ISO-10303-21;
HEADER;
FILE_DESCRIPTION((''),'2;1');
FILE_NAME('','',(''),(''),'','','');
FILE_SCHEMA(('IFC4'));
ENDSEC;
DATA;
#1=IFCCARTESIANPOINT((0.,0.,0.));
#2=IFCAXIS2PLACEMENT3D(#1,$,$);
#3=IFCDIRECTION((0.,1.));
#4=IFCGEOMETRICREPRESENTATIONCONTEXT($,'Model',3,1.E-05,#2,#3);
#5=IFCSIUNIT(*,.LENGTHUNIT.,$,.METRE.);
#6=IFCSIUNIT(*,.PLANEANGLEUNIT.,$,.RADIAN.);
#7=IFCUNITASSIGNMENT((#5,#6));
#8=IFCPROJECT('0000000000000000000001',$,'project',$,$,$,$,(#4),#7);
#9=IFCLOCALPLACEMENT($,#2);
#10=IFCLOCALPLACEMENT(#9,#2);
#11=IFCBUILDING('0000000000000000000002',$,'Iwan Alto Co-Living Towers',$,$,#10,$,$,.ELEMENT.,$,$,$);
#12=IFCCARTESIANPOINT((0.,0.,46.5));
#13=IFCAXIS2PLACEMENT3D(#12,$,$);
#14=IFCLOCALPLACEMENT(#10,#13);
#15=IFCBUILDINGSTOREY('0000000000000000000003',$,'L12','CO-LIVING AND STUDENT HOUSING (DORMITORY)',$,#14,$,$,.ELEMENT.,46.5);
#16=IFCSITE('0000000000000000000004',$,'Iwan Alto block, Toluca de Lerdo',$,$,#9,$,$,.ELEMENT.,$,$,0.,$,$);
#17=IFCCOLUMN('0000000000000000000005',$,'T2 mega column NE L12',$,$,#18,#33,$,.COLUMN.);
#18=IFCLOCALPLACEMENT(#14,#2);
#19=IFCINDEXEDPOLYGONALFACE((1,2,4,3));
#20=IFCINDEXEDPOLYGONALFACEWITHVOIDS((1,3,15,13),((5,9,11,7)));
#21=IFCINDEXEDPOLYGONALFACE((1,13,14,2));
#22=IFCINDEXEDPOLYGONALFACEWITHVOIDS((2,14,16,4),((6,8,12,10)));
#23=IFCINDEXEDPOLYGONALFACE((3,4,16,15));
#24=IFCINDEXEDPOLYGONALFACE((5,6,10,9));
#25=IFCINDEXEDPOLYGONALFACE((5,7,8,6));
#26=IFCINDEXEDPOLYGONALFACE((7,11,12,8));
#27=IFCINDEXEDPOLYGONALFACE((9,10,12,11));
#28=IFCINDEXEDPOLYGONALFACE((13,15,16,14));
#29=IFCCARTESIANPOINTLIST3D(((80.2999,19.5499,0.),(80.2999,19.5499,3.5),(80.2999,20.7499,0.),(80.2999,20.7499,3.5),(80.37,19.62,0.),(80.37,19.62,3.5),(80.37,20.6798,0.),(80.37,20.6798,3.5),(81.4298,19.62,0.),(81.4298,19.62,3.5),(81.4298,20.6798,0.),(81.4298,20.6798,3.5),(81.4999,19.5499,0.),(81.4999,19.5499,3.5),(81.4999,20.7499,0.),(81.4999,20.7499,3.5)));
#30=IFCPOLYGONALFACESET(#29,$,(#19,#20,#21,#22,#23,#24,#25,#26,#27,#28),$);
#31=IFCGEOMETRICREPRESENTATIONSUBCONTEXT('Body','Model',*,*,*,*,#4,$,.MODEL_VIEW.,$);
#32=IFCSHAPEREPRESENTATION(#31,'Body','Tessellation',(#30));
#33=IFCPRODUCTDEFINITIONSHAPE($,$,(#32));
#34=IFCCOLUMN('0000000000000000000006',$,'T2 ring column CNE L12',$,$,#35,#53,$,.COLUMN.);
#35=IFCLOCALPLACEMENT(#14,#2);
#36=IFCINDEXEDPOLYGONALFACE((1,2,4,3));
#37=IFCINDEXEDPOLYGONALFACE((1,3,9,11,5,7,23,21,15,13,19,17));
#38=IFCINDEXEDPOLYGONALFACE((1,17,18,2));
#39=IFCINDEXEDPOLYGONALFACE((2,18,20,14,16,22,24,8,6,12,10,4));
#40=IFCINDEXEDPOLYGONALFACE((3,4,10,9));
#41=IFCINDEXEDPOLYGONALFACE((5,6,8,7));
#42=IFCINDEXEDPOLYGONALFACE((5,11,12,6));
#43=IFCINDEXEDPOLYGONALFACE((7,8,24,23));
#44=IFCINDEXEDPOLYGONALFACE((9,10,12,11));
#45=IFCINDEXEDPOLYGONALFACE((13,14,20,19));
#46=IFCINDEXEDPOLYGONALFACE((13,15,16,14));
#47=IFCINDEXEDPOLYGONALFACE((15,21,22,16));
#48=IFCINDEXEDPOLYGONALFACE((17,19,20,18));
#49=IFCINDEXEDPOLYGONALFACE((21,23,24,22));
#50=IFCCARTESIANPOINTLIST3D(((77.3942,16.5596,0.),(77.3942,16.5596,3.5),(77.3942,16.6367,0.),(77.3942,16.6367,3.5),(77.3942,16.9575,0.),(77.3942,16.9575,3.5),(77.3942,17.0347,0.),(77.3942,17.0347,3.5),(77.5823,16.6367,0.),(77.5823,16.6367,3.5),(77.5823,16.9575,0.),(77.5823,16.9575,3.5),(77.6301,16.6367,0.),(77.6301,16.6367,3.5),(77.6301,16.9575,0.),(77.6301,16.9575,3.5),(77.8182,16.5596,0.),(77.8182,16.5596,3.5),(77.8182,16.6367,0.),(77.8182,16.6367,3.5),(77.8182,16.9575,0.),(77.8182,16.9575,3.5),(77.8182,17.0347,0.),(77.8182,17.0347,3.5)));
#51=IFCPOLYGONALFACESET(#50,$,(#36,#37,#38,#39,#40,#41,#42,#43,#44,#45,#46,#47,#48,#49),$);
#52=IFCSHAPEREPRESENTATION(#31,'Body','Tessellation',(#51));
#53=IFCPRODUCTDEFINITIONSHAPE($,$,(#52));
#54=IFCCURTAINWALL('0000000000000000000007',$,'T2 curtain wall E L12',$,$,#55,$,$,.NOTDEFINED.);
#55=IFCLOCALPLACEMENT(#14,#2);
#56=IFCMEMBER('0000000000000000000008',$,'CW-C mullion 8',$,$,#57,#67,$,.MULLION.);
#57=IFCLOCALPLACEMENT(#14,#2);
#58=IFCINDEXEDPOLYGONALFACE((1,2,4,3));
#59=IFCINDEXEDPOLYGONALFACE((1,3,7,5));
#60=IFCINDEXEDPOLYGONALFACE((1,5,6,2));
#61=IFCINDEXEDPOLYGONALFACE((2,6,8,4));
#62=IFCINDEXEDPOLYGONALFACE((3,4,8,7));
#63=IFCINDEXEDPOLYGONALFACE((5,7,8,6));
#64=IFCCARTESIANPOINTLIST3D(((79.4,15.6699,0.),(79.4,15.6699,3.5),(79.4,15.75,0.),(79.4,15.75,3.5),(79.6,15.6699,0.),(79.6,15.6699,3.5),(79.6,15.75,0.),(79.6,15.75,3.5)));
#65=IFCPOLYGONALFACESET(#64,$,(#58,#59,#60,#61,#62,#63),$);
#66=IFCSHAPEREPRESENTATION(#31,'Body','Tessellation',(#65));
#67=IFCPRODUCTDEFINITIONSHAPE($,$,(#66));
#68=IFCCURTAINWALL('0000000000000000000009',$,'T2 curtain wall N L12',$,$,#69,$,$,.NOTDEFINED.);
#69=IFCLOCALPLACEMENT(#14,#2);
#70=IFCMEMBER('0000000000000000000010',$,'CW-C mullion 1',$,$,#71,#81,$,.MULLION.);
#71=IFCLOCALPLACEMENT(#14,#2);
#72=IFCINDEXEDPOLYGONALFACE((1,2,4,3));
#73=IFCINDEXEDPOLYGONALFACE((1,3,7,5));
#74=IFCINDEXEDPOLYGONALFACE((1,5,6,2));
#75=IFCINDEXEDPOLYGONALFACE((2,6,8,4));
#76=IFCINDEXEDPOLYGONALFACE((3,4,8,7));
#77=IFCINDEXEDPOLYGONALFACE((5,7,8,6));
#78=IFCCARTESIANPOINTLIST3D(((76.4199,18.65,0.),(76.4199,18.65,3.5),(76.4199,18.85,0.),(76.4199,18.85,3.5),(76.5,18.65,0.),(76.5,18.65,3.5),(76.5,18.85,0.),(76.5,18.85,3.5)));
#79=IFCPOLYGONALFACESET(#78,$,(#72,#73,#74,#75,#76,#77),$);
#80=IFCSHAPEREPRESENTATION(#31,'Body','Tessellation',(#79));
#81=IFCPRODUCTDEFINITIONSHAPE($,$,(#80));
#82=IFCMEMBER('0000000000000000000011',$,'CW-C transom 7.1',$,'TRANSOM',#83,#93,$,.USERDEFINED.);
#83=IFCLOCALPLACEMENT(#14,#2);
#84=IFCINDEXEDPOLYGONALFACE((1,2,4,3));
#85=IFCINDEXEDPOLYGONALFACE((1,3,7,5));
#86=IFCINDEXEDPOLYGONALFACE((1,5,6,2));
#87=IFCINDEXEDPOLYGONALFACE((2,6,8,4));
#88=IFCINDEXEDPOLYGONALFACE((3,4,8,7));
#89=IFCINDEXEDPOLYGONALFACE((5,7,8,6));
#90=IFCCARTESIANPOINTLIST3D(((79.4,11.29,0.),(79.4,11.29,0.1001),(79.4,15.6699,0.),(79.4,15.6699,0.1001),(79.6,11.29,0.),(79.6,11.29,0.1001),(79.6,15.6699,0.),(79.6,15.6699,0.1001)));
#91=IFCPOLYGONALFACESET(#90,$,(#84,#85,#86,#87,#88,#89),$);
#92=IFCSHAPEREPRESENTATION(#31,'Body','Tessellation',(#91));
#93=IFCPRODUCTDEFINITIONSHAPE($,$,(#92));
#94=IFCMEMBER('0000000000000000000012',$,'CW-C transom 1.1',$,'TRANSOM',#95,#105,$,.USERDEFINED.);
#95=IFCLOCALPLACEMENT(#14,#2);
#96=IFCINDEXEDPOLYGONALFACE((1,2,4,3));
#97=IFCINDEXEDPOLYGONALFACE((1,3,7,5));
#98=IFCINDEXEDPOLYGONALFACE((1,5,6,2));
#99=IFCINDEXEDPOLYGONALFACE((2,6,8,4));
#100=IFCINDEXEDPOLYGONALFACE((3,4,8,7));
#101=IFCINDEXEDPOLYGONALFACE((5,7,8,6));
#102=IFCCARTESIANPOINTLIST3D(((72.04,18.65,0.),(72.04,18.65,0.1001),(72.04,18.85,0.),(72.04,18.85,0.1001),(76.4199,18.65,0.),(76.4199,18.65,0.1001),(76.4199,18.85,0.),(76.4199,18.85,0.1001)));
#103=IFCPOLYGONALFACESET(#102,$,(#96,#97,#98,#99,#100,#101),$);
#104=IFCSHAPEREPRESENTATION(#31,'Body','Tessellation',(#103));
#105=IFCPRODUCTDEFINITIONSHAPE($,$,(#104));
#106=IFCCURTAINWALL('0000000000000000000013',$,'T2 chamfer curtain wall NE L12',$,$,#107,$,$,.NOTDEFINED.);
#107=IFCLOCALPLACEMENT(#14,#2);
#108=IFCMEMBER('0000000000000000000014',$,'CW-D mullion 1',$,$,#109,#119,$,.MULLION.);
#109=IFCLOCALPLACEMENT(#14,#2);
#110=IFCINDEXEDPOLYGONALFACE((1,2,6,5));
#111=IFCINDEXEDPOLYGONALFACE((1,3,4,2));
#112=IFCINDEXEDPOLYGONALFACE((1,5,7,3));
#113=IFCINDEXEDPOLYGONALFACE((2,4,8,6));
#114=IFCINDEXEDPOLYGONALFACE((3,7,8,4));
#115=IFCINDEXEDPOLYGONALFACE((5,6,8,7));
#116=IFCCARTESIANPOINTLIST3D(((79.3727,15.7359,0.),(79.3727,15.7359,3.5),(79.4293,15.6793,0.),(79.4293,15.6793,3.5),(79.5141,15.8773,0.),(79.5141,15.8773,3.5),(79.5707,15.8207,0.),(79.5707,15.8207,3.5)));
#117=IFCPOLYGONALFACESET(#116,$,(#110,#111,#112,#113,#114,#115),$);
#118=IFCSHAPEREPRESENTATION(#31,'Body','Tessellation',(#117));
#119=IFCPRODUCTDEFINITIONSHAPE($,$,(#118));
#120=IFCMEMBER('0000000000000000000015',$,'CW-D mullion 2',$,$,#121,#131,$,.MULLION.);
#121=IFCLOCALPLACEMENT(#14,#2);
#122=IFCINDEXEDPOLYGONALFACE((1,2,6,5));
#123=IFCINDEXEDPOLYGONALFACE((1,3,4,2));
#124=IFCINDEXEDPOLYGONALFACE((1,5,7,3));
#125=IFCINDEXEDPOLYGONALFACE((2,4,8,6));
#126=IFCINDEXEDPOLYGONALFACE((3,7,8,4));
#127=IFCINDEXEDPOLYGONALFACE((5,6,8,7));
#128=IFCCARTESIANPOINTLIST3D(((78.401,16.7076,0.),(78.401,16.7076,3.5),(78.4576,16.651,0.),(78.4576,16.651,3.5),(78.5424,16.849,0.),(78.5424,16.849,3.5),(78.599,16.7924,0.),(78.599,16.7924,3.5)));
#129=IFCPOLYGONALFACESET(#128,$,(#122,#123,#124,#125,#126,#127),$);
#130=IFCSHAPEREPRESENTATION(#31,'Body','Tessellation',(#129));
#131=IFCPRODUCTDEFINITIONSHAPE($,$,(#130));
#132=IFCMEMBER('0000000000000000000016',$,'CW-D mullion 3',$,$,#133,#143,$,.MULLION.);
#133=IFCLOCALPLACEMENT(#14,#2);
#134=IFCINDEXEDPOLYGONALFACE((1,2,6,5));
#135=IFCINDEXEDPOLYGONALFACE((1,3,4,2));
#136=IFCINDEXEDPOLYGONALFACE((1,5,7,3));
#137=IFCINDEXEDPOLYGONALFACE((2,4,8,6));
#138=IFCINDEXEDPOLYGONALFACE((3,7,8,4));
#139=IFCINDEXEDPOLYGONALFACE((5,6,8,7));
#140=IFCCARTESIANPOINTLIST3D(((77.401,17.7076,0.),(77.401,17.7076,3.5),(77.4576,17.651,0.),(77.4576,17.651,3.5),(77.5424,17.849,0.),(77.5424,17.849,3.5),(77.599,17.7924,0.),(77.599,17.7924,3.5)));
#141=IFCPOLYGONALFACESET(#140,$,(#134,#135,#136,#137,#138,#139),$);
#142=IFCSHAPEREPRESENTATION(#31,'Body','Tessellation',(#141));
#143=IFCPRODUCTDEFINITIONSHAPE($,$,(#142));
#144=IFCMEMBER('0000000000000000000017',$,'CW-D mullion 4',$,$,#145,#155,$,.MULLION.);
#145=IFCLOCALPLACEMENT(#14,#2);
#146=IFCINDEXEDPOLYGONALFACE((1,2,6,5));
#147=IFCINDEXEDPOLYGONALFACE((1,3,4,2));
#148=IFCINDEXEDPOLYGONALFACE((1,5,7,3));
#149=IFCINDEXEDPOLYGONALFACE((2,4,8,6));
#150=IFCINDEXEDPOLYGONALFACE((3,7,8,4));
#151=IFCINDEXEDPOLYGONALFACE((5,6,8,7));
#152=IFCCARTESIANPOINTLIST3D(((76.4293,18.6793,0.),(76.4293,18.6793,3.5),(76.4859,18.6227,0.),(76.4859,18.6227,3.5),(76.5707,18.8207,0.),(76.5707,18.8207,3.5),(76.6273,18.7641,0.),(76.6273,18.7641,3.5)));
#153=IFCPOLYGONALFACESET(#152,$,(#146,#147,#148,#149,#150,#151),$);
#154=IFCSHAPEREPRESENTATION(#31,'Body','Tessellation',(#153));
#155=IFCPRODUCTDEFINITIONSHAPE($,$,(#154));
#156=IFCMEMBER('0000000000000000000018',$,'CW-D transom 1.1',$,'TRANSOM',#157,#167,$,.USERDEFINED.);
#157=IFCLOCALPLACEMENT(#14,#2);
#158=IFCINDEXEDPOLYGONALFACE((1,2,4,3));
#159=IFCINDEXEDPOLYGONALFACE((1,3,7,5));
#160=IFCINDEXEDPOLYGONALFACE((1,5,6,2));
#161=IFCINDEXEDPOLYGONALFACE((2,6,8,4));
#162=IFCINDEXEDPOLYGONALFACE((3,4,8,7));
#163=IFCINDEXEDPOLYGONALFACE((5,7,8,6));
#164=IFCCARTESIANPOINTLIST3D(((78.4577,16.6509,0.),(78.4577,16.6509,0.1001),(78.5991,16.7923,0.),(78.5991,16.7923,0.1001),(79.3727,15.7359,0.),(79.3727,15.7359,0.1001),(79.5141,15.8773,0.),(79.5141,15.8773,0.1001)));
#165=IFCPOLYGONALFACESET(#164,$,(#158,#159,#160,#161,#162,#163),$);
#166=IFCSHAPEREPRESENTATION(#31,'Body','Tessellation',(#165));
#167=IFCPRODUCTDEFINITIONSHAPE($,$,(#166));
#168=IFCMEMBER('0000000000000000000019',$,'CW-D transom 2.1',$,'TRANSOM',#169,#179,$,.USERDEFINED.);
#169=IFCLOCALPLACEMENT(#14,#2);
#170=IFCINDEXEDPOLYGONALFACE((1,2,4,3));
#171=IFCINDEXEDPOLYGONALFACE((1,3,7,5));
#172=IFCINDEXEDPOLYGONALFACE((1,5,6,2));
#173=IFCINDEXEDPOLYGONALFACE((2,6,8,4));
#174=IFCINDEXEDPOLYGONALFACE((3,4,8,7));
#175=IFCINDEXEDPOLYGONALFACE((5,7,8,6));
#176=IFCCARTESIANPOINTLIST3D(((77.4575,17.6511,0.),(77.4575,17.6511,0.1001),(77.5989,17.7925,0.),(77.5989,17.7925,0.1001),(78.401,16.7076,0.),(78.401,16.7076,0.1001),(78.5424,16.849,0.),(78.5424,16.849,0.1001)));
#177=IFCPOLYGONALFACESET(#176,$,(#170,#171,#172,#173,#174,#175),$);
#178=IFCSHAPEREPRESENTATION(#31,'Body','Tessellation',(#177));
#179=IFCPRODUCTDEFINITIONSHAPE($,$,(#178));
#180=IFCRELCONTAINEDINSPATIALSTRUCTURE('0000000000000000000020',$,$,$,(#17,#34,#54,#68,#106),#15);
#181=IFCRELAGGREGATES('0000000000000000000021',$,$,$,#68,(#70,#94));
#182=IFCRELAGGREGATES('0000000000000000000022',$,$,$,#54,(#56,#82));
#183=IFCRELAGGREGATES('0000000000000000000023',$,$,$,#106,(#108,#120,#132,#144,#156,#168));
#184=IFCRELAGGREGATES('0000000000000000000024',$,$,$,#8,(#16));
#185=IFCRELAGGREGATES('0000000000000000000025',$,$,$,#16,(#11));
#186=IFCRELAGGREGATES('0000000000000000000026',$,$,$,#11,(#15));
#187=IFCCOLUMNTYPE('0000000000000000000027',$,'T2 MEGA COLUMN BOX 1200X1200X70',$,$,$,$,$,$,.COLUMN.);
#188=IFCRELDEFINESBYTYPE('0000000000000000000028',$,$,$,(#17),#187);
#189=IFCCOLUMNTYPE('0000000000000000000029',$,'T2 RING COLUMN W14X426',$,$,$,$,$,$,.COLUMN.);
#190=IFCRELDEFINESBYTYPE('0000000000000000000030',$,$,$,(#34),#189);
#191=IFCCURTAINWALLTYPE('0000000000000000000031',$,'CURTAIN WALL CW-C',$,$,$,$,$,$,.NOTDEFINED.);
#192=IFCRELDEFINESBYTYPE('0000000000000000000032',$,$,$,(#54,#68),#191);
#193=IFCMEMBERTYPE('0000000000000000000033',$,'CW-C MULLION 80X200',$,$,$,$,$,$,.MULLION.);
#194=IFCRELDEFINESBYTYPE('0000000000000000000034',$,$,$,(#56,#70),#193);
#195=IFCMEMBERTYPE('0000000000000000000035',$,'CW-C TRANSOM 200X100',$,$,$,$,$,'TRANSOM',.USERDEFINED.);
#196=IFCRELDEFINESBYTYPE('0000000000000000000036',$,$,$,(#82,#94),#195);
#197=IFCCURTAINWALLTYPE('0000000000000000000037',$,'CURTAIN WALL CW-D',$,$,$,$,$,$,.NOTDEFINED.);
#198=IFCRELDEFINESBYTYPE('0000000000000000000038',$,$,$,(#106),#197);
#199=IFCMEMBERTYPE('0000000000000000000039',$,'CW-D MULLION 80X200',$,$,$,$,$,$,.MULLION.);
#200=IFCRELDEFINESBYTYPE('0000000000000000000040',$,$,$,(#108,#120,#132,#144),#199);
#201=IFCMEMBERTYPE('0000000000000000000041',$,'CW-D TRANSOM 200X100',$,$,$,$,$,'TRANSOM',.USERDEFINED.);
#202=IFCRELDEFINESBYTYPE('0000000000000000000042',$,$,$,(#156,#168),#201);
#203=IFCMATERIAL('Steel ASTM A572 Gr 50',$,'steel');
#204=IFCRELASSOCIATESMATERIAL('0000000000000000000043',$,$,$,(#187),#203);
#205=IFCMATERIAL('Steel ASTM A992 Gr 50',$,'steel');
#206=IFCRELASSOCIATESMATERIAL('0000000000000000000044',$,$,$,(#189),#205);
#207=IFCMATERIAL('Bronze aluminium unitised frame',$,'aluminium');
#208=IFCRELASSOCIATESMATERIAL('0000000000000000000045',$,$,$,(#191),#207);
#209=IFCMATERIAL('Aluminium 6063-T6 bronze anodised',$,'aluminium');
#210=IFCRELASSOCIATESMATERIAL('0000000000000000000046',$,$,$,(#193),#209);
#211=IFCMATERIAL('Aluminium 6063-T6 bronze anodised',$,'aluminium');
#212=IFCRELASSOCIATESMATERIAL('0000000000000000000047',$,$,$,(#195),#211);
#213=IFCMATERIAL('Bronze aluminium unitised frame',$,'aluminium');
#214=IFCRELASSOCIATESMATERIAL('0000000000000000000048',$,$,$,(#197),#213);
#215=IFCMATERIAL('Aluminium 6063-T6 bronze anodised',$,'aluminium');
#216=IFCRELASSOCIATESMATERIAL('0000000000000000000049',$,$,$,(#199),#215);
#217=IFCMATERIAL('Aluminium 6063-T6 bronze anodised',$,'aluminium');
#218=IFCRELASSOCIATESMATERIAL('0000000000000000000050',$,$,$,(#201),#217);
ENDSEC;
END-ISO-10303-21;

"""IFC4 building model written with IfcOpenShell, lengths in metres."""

from ifc_helpers import new_model, si_unit, direction, frame, origin, origin_2d, place, context, subcontext, project, spatial, rectangle, hollow_rectangle, i_section, extrude, material, material_profile, profile_set, type_object, element, aggregate, save


model = new_model("IFC4")

# Units and contexts
model_context = context("Model", 3, precision=1e-05, world=origin(), true_north=direction((0.0, 1.0)))
body_context = subcontext(model_context, "Body", "Model", "MODEL_VIEW")
ifc_project = project(units=[si_unit("LENGTHUNIT", "METRE"), si_unit("PLANEANGLEUNIT", "RADIAN")], contexts=[model_context])

# Site, building, storey
site_placement = place(None, origin())
site = spatial("IfcSite", under=ifc_project, at=site_placement, Name="Iwan Alto block, Toluca de Lerdo", CompositionType="ELEMENT", RefElevation=0.0)
building_placement = place(site_placement, origin())
building = spatial("IfcBuilding", under=site, at=building_placement, Name="Iwan Alto Co-Living Towers", CompositionType="ELEMENT")
storey_placement = place(building_placement, frame((0.0, 0.0, 46.5)))
storey = spatial("IfcBuildingStorey", under=building, at=storey_placement, Name="L12", Description="CO-LIVING AND STUDENT HOUSING (DORMITORY)", CompositionType="ELEMENT", Elevation=46.5)

# Columns
ifc_material_1 = material(Name="Steel ASTM A572 Gr 50", Category="steel")
ifc_material_profile_1 = material_profile(ifc_material_1, hollow_rectangle(XDim=1.2, YDim=1.2, WallThickness=0.0701, at=origin_2d()), Name="BOX 1200X1200X70")
ifc_profile_set_1 = profile_set([ifc_material_profile_1], Name="Steel ASTM A572 Gr 50")
column_type_1 = type_object("IfcColumnType", Name="T2 MEGA COLUMN BOX 1200X1200X70", PredefinedType="COLUMN", material=ifc_profile_set_1)
column_1_placement = place(storey_placement, frame((80.8999, 20.1499, 0.0), z_axis=(0.0, 0.0, 1.0), x_axis=(1.0, 0.0, 0.0)))
element("IfcColumn", 1, at=column_1_placement, inside=storey, type_object=column_type_1, Name="T2 mega column NE L12", PredefinedType="COLUMN", context=body_context, shape_type="SweptSolid", body=[
    extrude(hollow_rectangle(XDim=1.2, YDim=1.2, WallThickness=0.0701, at=origin_2d()), origin(), (0.0, 0.0, 1.0), 3.5),
])
ifc_material_2 = material(Name="Steel ASTM A992 Gr 50", Category="steel")
ifc_material_profile_2 = material_profile(ifc_material_2, i_section(OverallWidth=0.4241, OverallDepth=0.4751, WebThickness=0.0479, FlangeThickness=0.0771, at=origin_2d()), Name="W14X426")
ifc_profile_set_2 = profile_set([ifc_material_profile_2], Name="Steel ASTM A992 Gr 50")
column_type_2 = type_object("IfcColumnType", Name="T2 RING COLUMN W14X426", PredefinedType="COLUMN", material=ifc_profile_set_2)
column_2_placement = place(storey_placement, frame((77.6062, 16.7971, 0.0), z_axis=(0.0, 0.0, 1.0), x_axis=(1.0, 0.0, 0.0)))
element("IfcColumn", 2, at=column_2_placement, inside=storey, type_object=column_type_2, Name="T2 ring column CNE L12", PredefinedType="COLUMN", context=body_context, shape_type="SweptSolid", body=[
    extrude(i_section(OverallWidth=0.4241, OverallDepth=0.4751, WebThickness=0.0479, FlangeThickness=0.0771, at=origin_2d()), origin(), (0.0, 0.0, 1.0), 3.5),
])

# Curtain walls, members
ifc_material_3 = material(Name="Bronze aluminium unitised frame", Category="aluminium")
curtain_wall_type_1 = type_object("IfcCurtainWallType", Name="CURTAIN WALL CW-C", PredefinedType="NOTDEFINED", material=ifc_material_3)
curtain_wall_1_placement = place(storey_placement, origin())
curtain_wall_1 = element("IfcCurtainWall", 3, at=curtain_wall_1_placement, inside=storey, type_object=curtain_wall_type_1, Name="T2 curtain wall E L12", PredefinedType="NOTDEFINED")
ifc_material_4 = material(Name="Aluminium 6063-T6 bronze anodised", Category="aluminium")
ifc_material_profile_3 = material_profile(ifc_material_4, rectangle(XDim=0.2, YDim=0.0801, at=origin_2d()), Name="AL 80X200")
ifc_profile_set_3 = profile_set([ifc_material_profile_3], Name="Aluminium 6063-T6 bronze anodised")
member_type_1 = type_object("IfcMemberType", Name="CW-C MULLION 80X200", PredefinedType="MULLION", material=ifc_profile_set_3)
member_1_placement = place(storey_placement, frame((79.5, 15.71, 0.0), z_axis=(0.0, 0.0, 1.0), x_axis=(-1.0, 0.0, 0.0)))
member_1 = element("IfcMember", 4, at=member_1_placement, type_object=member_type_1, Name="CW-C mullion 8", PredefinedType="MULLION", context=body_context, shape_type="SweptSolid", body=[
    extrude(rectangle(XDim=0.2, YDim=0.0801, at=origin_2d()), origin(), (0.0, 0.0, 1.0), 3.5),
])
curtain_wall_2_placement = place(storey_placement, origin())
curtain_wall_2 = element("IfcCurtainWall", 5, at=curtain_wall_2_placement, inside=storey, type_object=curtain_wall_type_1, Name="T2 curtain wall N L12", PredefinedType="NOTDEFINED")
member_2_placement = place(storey_placement, frame((76.46, 18.75, 0.0), z_axis=(0.0, 0.0, 1.0), x_axis=(0.0, -1.0, 0.0)))
member_2 = element("IfcMember", 6, at=member_2_placement, type_object=member_type_1, Name="CW-C mullion 1", PredefinedType="MULLION", context=body_context, shape_type="SweptSolid", body=[
    extrude(rectangle(XDim=0.2, YDim=0.0801, at=origin_2d()), origin(), (0.0, 0.0, 1.0), 3.5),
])

# Members
ifc_material_5 = material(Name="Aluminium 6063-T6 bronze anodised", Category="aluminium")
ifc_material_profile_4 = material_profile(ifc_material_5, rectangle(XDim=0.2, YDim=0.1001, at=origin_2d()), Name="AL 200X100")
ifc_profile_set_4 = profile_set([ifc_material_profile_4], Name="Aluminium 6063-T6 bronze anodised")
member_type_2 = type_object("IfcMemberType", Name="CW-C TRANSOM 200X100", ElementType="TRANSOM", PredefinedType="USERDEFINED", material=ifc_profile_set_4)
member_3_placement = place(storey_placement, frame((79.5, 11.29, 0.05), z_axis=(0.0, 1.0, 0.0), x_axis=(-1.0, 0.0, 0.0)))
member_3 = element("IfcMember", 7, at=member_3_placement, type_object=member_type_2, Name="CW-C transom 7.1", ObjectType="TRANSOM", PredefinedType="USERDEFINED", context=body_context, shape_type="SweptSolid", body=[
    extrude(rectangle(XDim=0.2, YDim=0.1001, at=origin_2d()), origin(), (0.0, 0.0, 1.0), 4.3799),
])
member_4_placement = place(storey_placement, frame((76.4199, 18.75, 0.05), z_axis=(-1.0, 0.0, 0.0), x_axis=(0.0, -1.0, 0.0)))
member_4 = element("IfcMember", 8, at=member_4_placement, type_object=member_type_2, Name="CW-C transom 1.1", ObjectType="TRANSOM", PredefinedType="USERDEFINED", context=body_context, shape_type="SweptSolid", body=[
    extrude(rectangle(XDim=0.2, YDim=0.1001, at=origin_2d()), origin(), (0.0, 0.0, 1.0), 4.3799),
])
aggregate(curtain_wall_2, [member_2, member_4])

# Curtain wall, members
ifc_material_6 = material(Name="Bronze aluminium unitised frame", Category="aluminium")
curtain_wall_type_2 = type_object("IfcCurtainWallType", Name="CURTAIN WALL CW-D", PredefinedType="NOTDEFINED", material=ifc_material_6)
curtain_wall_3_placement = place(storey_placement, origin())
curtain_wall_3 = element("IfcCurtainWall", 9, at=curtain_wall_3_placement, inside=storey, type_object=curtain_wall_type_2, Name="T2 chamfer curtain wall NE L12", PredefinedType="NOTDEFINED")
ifc_material_7 = material(Name="Aluminium 6063-T6 bronze anodised", Category="aluminium")
ifc_material_profile_5 = material_profile(ifc_material_7, rectangle(XDim=0.2, YDim=0.0801, at=origin_2d()), Name="AL 80X200")
ifc_profile_set_5 = profile_set([ifc_material_profile_5], Name="Aluminium 6063-T6 bronze anodised")
member_type_3 = type_object("IfcMemberType", Name="CW-D MULLION 80X200", PredefinedType="MULLION", material=ifc_profile_set_5)
member_5_placement = place(storey_placement, frame((79.4717, 15.7783, 0.0), z_axis=(0.0, 0.0, 1.0), x_axis=(-0.707107, -0.707107, 0.0)))
member_5 = element("IfcMember", 10, at=member_5_placement, type_object=member_type_3, Name="CW-D mullion 1", PredefinedType="MULLION", context=body_context, shape_type="SweptSolid", body=[
    extrude(rectangle(XDim=0.2, YDim=0.0801, at=origin_2d()), origin(), (0.0, 0.0, 1.0), 3.5),
])
member_6_placement = place(storey_placement, frame((78.5, 16.75, 0.0), z_axis=(0.0, 0.0, 1.0), x_axis=(-0.707107, -0.707107, 0.0)))
member_6 = element("IfcMember", 11, at=member_6_placement, type_object=member_type_3, Name="CW-D mullion 2", PredefinedType="MULLION", context=body_context, shape_type="SweptSolid", body=[
    extrude(rectangle(XDim=0.2, YDim=0.0801, at=origin_2d()), origin(), (0.0, 0.0, 1.0), 3.5),
])
member_7_placement = place(storey_placement, frame((77.5, 17.75, 0.0), z_axis=(0.0, 0.0, 1.0), x_axis=(-0.707107, -0.707107, 0.0)))
member_7 = element("IfcMember", 12, at=member_7_placement, type_object=member_type_3, Name="CW-D mullion 3", PredefinedType="MULLION", context=body_context, shape_type="SweptSolid", body=[
    extrude(rectangle(XDim=0.2, YDim=0.0801, at=origin_2d()), origin(), (0.0, 0.0, 1.0), 3.5),
])
member_8_placement = place(storey_placement, frame((76.5283, 18.7217, 0.0), z_axis=(0.0, 0.0, 1.0), x_axis=(-0.707107, -0.707107, 0.0)))
member_8 = element("IfcMember", 13, at=member_8_placement, type_object=member_type_3, Name="CW-D mullion 4", PredefinedType="MULLION", context=body_context, shape_type="SweptSolid", body=[
    extrude(rectangle(XDim=0.2, YDim=0.0801, at=origin_2d()), origin(), (0.0, 0.0, 1.0), 3.5),
])
ifc_material_8 = material(Name="Aluminium 6063-T6 bronze anodised", Category="aluminium")
ifc_material_profile_6 = material_profile(ifc_material_8, rectangle(XDim=0.2, YDim=0.1001, at=origin_2d()), Name="AL 200X100")
ifc_profile_set_6 = profile_set([ifc_material_profile_6], Name="Aluminium 6063-T6 bronze anodised")
member_type_4 = type_object("IfcMemberType", Name="CW-D TRANSOM 200X100", ElementType="TRANSOM", PredefinedType="USERDEFINED", material=ifc_profile_set_6)
member_9_placement = place(storey_placement, frame((79.4434, 15.8066, 0.05), z_axis=(-0.707107, 0.707107, 0.0), x_axis=(-0.707107, -0.707107, 0.0)))
member_9 = element("IfcMember", 14, at=member_9_placement, type_object=member_type_4, Name="CW-D transom 1.1", ObjectType="TRANSOM", PredefinedType="USERDEFINED", context=body_context, shape_type="SweptSolid", body=[
    extrude(rectangle(XDim=0.2, YDim=0.1001, at=origin_2d()), origin(), (0.0, 0.0, 1.0), 1.2939),
])
member_10_placement = place(storey_placement, frame((78.4717, 16.7783, 0.05), z_axis=(-0.707107, 0.707107, 0.0), x_axis=(-0.707107, -0.707107, 0.0)))
member_10 = element("IfcMember", 15, at=member_10_placement, type_object=member_type_4, Name="CW-D transom 2.1", ObjectType="TRANSOM", PredefinedType="USERDEFINED", context=body_context, shape_type="SweptSolid", body=[
    extrude(rectangle(XDim=0.2, YDim=0.1001, at=origin_2d()), origin(), (0.0, 0.0, 1.0), 1.3342),
])

aggregate(curtain_wall_1, [member_1, member_3])
aggregate(curtain_wall_3, [member_5, member_6, member_7, member_8, member_9, member_10])

save(model, "model.ifc")
